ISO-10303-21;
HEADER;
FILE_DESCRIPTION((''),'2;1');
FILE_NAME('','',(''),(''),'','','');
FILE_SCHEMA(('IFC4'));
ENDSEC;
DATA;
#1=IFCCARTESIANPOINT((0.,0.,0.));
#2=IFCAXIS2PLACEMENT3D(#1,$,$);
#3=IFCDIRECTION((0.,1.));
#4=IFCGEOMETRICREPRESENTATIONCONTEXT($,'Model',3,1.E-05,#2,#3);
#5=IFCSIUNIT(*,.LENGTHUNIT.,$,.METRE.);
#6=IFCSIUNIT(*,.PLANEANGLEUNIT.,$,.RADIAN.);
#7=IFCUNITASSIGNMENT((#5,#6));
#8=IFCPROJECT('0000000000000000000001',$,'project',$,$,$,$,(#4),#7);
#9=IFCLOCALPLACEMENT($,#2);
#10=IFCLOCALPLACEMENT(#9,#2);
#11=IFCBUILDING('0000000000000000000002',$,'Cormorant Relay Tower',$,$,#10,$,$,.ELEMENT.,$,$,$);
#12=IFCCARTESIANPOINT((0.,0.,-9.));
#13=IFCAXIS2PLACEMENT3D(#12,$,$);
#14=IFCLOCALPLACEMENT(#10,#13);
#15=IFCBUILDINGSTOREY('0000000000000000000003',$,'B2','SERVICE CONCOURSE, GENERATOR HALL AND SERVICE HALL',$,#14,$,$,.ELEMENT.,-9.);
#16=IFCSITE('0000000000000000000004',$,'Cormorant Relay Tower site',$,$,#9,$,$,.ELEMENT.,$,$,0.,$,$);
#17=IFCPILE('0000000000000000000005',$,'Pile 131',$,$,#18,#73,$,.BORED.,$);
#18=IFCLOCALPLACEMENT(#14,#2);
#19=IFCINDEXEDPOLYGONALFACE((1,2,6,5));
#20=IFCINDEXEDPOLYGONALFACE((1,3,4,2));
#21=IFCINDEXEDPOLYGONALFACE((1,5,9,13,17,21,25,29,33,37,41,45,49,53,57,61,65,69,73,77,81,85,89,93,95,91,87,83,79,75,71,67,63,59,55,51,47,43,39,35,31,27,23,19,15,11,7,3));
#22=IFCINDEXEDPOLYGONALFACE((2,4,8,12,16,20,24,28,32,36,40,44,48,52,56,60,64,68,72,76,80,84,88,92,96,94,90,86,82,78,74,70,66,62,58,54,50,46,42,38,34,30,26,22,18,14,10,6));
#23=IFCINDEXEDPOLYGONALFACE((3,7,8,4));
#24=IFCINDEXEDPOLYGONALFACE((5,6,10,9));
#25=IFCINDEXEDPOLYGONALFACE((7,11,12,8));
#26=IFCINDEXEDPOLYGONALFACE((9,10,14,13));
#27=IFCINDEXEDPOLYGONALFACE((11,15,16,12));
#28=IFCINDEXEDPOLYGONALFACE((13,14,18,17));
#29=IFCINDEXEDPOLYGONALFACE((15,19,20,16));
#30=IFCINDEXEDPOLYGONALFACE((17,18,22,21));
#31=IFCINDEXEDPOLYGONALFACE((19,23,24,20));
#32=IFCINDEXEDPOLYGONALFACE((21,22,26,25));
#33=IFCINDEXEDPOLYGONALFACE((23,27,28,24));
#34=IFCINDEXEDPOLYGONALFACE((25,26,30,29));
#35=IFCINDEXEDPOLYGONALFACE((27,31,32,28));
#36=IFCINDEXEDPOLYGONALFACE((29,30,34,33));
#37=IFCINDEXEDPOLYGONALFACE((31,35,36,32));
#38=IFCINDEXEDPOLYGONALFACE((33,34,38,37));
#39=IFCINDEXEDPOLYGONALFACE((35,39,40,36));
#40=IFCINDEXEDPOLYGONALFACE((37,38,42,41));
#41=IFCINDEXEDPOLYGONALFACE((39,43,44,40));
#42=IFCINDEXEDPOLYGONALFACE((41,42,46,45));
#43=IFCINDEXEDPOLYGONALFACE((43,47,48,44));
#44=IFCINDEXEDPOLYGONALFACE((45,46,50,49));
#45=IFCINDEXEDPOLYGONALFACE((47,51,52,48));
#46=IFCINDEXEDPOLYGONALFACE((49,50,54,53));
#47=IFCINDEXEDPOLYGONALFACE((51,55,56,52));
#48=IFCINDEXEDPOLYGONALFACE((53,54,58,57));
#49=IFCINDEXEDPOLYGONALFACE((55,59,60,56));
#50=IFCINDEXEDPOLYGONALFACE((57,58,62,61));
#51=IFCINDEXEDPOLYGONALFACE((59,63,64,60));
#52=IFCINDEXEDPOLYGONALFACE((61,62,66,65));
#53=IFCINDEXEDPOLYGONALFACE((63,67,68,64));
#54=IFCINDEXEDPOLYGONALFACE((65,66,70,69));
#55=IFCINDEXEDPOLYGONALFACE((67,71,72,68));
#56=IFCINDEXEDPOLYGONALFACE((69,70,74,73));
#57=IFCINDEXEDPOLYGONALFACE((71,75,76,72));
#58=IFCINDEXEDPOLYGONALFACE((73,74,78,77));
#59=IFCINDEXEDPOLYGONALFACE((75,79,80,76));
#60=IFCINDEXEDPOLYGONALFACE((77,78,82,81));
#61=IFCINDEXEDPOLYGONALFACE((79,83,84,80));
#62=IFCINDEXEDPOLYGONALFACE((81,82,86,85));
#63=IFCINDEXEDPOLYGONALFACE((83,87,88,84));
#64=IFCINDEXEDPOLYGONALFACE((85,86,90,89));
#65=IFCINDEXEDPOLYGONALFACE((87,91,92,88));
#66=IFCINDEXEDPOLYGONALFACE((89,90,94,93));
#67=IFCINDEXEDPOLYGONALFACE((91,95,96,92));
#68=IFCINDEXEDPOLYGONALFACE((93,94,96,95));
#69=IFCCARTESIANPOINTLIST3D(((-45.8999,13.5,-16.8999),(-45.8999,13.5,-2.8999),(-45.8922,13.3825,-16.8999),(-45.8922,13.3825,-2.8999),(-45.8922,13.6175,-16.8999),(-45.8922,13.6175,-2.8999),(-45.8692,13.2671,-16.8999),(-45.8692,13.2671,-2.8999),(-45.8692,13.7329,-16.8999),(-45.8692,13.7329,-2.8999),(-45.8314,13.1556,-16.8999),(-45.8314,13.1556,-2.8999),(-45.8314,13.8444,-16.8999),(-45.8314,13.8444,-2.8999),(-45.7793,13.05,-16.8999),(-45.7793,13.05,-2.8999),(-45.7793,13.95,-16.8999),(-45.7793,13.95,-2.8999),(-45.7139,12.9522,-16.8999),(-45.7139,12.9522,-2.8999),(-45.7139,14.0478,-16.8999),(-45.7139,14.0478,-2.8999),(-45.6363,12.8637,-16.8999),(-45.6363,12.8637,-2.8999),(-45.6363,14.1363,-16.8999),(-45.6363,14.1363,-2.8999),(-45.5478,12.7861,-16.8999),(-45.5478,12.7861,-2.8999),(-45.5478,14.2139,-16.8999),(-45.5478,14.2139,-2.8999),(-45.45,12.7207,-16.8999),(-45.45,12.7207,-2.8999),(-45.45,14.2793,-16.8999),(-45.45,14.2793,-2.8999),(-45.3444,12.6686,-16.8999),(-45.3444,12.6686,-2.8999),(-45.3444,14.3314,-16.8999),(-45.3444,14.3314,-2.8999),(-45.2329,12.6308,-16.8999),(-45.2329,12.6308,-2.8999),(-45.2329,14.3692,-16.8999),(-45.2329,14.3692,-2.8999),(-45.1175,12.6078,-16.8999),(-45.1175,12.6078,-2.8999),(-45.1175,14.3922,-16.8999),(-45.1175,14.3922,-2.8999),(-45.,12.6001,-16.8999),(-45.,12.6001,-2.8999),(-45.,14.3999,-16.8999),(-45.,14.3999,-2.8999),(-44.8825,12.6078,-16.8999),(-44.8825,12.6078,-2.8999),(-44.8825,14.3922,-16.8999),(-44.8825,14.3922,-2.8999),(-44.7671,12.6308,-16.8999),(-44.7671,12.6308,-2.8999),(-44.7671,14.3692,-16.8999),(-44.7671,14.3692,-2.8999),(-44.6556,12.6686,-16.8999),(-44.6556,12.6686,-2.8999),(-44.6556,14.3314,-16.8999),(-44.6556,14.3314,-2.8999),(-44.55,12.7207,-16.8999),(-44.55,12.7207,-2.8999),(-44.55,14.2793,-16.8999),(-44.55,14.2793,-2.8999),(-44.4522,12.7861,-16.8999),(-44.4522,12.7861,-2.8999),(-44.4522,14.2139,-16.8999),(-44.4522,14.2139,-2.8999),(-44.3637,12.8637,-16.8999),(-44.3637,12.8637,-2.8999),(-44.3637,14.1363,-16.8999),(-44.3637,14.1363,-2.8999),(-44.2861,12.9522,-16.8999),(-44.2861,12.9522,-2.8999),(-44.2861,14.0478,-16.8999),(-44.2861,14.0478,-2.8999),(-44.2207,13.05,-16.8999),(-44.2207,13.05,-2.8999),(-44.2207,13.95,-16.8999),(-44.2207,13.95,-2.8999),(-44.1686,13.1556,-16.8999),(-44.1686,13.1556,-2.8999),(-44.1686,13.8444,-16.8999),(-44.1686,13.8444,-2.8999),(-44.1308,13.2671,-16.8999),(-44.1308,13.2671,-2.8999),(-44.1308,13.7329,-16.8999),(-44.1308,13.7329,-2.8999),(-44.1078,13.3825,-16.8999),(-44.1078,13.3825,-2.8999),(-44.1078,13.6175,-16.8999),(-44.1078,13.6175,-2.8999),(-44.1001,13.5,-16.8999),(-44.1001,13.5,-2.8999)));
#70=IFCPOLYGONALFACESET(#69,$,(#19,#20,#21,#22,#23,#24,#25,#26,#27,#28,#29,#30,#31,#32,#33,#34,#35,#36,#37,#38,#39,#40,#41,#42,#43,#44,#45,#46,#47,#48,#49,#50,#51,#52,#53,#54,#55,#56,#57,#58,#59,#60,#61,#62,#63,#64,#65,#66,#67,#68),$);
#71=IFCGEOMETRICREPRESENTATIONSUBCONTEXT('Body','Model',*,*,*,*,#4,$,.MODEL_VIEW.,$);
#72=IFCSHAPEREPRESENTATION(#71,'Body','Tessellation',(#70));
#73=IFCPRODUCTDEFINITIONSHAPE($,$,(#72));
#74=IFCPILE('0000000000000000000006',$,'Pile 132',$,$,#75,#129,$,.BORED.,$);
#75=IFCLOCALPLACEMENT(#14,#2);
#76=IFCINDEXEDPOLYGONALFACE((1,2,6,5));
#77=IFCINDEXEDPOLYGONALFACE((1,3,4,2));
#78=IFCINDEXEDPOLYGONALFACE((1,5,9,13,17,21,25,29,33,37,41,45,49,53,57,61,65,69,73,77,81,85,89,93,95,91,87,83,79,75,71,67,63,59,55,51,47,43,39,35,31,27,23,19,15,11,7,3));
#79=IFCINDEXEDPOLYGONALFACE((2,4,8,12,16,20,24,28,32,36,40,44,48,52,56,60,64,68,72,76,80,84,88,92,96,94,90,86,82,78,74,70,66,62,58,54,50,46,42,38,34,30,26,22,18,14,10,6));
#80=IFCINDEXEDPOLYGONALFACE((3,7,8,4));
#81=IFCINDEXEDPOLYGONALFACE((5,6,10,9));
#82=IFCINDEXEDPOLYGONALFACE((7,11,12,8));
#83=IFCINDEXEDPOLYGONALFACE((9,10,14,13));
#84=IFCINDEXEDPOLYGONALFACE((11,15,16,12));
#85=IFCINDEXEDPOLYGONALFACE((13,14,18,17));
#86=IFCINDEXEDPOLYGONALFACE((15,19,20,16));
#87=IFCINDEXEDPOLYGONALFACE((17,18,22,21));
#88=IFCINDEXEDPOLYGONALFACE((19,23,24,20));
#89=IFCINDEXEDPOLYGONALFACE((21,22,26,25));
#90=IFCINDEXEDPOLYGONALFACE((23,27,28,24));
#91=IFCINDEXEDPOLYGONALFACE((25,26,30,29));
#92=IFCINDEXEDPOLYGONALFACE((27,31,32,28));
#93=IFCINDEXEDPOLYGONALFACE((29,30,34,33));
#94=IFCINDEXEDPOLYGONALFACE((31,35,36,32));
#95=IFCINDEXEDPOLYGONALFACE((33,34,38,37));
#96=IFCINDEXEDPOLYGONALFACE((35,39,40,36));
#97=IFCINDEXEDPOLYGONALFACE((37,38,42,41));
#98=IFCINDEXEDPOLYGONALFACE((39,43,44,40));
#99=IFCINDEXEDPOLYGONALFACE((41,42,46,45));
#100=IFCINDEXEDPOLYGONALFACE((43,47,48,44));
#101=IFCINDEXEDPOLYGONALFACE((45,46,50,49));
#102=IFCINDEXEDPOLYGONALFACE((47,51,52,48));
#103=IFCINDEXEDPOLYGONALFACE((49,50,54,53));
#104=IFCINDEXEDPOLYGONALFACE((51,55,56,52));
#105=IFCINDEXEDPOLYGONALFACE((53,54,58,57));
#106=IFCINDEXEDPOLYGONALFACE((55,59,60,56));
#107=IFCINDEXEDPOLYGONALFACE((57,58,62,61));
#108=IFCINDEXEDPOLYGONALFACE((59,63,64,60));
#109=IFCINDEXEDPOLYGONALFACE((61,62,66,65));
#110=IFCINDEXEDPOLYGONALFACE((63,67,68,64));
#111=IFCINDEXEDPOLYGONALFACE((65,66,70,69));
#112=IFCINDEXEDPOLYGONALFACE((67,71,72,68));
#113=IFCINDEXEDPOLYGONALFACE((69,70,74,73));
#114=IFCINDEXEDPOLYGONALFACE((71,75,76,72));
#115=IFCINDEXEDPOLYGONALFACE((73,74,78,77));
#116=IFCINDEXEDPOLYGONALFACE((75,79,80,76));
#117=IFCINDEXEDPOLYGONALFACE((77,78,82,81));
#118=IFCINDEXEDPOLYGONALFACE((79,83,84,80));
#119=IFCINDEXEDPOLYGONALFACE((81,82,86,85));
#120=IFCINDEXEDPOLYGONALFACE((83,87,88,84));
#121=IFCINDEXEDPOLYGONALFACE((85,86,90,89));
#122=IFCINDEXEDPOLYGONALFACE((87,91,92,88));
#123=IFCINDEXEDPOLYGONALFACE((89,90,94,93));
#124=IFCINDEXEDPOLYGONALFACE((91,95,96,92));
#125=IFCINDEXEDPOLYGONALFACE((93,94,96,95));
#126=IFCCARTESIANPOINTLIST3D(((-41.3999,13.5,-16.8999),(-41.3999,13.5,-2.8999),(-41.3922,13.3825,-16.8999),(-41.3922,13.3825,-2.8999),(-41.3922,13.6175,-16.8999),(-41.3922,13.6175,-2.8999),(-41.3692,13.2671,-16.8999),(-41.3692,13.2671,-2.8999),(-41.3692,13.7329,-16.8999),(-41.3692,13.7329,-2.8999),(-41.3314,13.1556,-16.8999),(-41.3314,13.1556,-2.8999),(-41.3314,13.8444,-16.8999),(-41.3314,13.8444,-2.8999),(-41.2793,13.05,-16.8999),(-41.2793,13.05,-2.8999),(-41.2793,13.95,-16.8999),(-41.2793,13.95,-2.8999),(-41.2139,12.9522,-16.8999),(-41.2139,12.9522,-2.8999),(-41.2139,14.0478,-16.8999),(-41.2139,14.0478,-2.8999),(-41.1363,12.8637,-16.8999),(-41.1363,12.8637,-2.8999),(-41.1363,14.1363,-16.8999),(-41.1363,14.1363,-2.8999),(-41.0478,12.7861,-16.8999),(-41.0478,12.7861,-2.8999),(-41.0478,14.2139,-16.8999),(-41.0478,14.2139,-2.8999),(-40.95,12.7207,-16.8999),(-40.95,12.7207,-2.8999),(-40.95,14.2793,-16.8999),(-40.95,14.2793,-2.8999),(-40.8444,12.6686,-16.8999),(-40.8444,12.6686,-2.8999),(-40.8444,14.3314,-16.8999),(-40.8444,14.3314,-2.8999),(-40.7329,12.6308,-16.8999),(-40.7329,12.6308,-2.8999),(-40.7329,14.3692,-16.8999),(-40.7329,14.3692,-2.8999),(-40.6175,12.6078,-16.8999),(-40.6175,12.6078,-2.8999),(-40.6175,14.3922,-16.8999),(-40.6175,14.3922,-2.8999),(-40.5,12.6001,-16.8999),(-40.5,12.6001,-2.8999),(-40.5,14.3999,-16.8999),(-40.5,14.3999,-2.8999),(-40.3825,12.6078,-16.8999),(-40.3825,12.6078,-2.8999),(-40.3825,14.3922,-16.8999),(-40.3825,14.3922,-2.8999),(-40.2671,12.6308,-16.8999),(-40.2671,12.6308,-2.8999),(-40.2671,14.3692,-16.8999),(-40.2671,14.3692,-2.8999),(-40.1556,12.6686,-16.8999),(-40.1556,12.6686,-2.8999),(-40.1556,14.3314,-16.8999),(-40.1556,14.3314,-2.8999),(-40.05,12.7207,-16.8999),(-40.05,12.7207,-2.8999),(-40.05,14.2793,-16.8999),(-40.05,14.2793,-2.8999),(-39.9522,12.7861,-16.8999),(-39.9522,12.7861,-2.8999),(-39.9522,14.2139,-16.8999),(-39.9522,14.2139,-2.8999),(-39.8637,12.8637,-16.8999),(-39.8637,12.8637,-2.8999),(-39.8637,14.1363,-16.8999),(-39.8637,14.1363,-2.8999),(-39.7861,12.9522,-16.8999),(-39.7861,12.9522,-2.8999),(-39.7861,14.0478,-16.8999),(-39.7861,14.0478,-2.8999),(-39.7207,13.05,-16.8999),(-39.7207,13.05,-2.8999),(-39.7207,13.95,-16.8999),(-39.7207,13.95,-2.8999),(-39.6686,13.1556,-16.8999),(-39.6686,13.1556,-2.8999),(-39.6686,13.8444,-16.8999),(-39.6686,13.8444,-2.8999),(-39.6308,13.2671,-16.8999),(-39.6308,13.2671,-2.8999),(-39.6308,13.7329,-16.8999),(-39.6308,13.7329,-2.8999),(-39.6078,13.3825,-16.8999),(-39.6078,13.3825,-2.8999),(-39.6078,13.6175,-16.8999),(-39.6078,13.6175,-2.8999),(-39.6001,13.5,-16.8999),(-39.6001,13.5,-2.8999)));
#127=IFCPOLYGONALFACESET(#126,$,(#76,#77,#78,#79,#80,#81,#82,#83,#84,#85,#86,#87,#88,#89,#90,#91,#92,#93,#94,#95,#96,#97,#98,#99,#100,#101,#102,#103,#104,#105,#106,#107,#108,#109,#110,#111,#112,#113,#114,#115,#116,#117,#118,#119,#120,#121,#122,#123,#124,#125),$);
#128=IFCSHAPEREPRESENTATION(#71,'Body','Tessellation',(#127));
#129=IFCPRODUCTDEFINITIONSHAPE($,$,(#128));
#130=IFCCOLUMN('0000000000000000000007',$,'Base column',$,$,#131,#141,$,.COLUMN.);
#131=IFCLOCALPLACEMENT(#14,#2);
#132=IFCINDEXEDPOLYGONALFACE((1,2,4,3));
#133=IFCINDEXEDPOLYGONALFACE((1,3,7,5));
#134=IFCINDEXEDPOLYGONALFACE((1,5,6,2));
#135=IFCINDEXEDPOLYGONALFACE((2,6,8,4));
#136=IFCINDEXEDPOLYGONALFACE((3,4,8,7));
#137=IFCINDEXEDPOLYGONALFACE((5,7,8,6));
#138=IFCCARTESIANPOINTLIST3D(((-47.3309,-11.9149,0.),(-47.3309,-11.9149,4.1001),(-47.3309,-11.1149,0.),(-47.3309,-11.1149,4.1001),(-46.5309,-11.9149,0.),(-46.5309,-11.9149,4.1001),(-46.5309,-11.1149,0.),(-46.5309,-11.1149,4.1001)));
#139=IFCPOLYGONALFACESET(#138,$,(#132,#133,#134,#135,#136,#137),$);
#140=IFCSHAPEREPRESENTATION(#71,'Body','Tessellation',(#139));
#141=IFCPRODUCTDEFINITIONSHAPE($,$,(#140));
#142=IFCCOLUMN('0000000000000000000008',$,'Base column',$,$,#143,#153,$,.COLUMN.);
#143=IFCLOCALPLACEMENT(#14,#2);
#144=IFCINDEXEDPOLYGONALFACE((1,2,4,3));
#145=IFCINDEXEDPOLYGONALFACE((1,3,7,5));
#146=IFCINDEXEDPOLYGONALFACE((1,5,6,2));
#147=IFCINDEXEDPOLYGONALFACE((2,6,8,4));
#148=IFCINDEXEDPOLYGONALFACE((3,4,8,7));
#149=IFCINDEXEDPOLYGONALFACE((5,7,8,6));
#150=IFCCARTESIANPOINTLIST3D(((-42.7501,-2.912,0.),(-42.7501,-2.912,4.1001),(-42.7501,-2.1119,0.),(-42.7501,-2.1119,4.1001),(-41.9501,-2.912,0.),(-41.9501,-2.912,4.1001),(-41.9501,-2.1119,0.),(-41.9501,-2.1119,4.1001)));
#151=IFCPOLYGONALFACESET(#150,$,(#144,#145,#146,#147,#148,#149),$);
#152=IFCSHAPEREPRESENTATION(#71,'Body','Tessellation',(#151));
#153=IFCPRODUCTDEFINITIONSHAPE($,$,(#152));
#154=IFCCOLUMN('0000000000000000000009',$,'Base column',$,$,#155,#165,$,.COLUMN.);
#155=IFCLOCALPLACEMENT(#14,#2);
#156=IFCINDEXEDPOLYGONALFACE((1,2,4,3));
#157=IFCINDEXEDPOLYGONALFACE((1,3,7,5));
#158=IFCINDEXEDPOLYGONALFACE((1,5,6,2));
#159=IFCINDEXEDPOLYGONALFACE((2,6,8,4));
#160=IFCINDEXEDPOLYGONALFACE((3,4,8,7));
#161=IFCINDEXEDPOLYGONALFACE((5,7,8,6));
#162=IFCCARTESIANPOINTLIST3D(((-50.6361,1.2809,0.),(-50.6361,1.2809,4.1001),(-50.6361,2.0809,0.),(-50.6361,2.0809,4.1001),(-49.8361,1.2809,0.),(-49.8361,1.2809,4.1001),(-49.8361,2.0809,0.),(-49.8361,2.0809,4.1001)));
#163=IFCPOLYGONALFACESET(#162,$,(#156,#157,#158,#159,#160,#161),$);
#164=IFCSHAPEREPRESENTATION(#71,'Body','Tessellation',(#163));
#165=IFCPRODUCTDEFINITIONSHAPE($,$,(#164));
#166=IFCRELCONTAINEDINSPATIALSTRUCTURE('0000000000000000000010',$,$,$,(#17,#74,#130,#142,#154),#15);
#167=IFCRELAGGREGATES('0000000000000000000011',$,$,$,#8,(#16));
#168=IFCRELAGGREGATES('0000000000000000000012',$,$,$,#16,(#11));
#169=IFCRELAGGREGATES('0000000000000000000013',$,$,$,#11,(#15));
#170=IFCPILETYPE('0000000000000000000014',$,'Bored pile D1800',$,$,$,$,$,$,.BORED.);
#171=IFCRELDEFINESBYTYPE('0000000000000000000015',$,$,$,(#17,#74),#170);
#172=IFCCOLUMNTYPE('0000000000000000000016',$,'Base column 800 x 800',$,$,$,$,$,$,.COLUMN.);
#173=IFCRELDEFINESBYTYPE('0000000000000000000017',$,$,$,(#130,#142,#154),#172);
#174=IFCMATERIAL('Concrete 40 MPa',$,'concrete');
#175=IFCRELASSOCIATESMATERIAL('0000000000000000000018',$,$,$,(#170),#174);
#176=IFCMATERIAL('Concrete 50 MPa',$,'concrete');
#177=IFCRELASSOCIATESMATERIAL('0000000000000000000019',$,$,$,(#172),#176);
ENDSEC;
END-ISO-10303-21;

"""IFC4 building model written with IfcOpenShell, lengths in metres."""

from ifc_helpers import new_model, si_unit, direction, frame, origin, origin_2d, place, context, subcontext, project, spatial, rectangle, circle, extrude, material, material_profile, profile_set, type_object, element, save


model = new_model("IFC4")

# Units and contexts
model_context = context("Model", 3, precision=1e-05, world=origin(), true_north=direction((0.0, 1.0)))
body_context = subcontext(model_context, "Body", "Model", "MODEL_VIEW")
ifc_project = project(units=[si_unit("LENGTHUNIT", "METRE"), si_unit("PLANEANGLEUNIT", "RADIAN")], contexts=[model_context])

# Site, building, storey
site_placement = place(None, origin())
site = spatial("IfcSite", under=ifc_project, at=site_placement, Name="Cormorant Relay Tower site", CompositionType="ELEMENT", RefElevation=0.0)
building_placement = place(site_placement, origin())
building = spatial("IfcBuilding", under=site, at=building_placement, Name="Cormorant Relay Tower", CompositionType="ELEMENT")
storey_placement = place(building_placement, frame((0.0, 0.0, -9.0)))
storey = spatial("IfcBuildingStorey", under=building, at=storey_placement, Name="B2", Description="SERVICE CONCOURSE, GENERATOR HALL AND SERVICE HALL", CompositionType="ELEMENT", Elevation=-9.0)

# Piles
ifc_material_1 = material(Name="Concrete 40 MPa", Category="concrete")
ifc_material_profile_1 = material_profile(ifc_material_1, circle(Radius=0.8999, at=origin_2d()), Name="BP1800")
ifc_profile_set_1 = profile_set([ifc_material_profile_1], Name="Concrete 40 MPa")
pile_type = type_object("IfcPileType", Name="Bored pile D1800", PredefinedType="BORED", material=ifc_profile_set_1)
for number, where, z_axis, x_axis, name in (
    (1, (-45.0, 13.5, -2.8999), (0.0, 0.0, -1.0), (1.0, 0.0, 0.0), "Pile 131"),
    (2, (-40.5, 13.5, -2.8999), (0.0, 0.0, -1.0), (1.0, 0.0, 0.0), "Pile 132"),
):
    element("IfcPile", number, at=place(storey_placement, frame(where, z_axis=z_axis, x_axis=x_axis)), inside=storey, type_object=pile_type, Name=name, PredefinedType="BORED", context=body_context, shape_type="SweptSolid", body=[
        extrude(circle(Radius=0.8999, at=origin_2d()), origin(), (0.0, 0.0, 1.0), 14.0),
    ])

# Columns
ifc_material_2 = material(Name="Concrete 50 MPa", Category="concrete")
ifc_material_profile_2 = material_profile(ifc_material_2, rectangle(XDim=0.8, YDim=0.8, at=origin_2d()), Name="RC 800x800")
ifc_profile_set_2 = profile_set([ifc_material_profile_2], Name="Concrete 50 MPa")
column_type_1 = type_object("IfcColumnType", Name="Base column 800 x 800", PredefinedType="COLUMN", material=ifc_profile_set_2)
for number, where, z_axis, x_axis, name in (
    (3, (-46.9309, -11.5149, 0.0), (0.0, 0.0, 1.0), (1.0, 0.0, 0.0), "Base column"),
    (4, (-42.3501, -2.512, 0.0), (0.0, 0.0, 1.0), (1.0, 0.0, 0.0), "Base column"),
    (5, (-50.2361, 1.6809, 0.0), (0.0, 0.0, 1.0), (1.0, 0.0, 0.0), "Base column"),
):
    element("IfcColumn", number, at=place(storey_placement, frame(where, z_axis=z_axis, x_axis=x_axis)), inside=storey, type_object=column_type_1, Name=name, PredefinedType="COLUMN", context=body_context, shape_type="SweptSolid", body=[
        extrude(rectangle(XDim=0.8, YDim=0.8, at=origin_2d()), origin(), (0.0, 0.0, 1.0), 4.1001),
    ])

save(model, "model.ifc")
